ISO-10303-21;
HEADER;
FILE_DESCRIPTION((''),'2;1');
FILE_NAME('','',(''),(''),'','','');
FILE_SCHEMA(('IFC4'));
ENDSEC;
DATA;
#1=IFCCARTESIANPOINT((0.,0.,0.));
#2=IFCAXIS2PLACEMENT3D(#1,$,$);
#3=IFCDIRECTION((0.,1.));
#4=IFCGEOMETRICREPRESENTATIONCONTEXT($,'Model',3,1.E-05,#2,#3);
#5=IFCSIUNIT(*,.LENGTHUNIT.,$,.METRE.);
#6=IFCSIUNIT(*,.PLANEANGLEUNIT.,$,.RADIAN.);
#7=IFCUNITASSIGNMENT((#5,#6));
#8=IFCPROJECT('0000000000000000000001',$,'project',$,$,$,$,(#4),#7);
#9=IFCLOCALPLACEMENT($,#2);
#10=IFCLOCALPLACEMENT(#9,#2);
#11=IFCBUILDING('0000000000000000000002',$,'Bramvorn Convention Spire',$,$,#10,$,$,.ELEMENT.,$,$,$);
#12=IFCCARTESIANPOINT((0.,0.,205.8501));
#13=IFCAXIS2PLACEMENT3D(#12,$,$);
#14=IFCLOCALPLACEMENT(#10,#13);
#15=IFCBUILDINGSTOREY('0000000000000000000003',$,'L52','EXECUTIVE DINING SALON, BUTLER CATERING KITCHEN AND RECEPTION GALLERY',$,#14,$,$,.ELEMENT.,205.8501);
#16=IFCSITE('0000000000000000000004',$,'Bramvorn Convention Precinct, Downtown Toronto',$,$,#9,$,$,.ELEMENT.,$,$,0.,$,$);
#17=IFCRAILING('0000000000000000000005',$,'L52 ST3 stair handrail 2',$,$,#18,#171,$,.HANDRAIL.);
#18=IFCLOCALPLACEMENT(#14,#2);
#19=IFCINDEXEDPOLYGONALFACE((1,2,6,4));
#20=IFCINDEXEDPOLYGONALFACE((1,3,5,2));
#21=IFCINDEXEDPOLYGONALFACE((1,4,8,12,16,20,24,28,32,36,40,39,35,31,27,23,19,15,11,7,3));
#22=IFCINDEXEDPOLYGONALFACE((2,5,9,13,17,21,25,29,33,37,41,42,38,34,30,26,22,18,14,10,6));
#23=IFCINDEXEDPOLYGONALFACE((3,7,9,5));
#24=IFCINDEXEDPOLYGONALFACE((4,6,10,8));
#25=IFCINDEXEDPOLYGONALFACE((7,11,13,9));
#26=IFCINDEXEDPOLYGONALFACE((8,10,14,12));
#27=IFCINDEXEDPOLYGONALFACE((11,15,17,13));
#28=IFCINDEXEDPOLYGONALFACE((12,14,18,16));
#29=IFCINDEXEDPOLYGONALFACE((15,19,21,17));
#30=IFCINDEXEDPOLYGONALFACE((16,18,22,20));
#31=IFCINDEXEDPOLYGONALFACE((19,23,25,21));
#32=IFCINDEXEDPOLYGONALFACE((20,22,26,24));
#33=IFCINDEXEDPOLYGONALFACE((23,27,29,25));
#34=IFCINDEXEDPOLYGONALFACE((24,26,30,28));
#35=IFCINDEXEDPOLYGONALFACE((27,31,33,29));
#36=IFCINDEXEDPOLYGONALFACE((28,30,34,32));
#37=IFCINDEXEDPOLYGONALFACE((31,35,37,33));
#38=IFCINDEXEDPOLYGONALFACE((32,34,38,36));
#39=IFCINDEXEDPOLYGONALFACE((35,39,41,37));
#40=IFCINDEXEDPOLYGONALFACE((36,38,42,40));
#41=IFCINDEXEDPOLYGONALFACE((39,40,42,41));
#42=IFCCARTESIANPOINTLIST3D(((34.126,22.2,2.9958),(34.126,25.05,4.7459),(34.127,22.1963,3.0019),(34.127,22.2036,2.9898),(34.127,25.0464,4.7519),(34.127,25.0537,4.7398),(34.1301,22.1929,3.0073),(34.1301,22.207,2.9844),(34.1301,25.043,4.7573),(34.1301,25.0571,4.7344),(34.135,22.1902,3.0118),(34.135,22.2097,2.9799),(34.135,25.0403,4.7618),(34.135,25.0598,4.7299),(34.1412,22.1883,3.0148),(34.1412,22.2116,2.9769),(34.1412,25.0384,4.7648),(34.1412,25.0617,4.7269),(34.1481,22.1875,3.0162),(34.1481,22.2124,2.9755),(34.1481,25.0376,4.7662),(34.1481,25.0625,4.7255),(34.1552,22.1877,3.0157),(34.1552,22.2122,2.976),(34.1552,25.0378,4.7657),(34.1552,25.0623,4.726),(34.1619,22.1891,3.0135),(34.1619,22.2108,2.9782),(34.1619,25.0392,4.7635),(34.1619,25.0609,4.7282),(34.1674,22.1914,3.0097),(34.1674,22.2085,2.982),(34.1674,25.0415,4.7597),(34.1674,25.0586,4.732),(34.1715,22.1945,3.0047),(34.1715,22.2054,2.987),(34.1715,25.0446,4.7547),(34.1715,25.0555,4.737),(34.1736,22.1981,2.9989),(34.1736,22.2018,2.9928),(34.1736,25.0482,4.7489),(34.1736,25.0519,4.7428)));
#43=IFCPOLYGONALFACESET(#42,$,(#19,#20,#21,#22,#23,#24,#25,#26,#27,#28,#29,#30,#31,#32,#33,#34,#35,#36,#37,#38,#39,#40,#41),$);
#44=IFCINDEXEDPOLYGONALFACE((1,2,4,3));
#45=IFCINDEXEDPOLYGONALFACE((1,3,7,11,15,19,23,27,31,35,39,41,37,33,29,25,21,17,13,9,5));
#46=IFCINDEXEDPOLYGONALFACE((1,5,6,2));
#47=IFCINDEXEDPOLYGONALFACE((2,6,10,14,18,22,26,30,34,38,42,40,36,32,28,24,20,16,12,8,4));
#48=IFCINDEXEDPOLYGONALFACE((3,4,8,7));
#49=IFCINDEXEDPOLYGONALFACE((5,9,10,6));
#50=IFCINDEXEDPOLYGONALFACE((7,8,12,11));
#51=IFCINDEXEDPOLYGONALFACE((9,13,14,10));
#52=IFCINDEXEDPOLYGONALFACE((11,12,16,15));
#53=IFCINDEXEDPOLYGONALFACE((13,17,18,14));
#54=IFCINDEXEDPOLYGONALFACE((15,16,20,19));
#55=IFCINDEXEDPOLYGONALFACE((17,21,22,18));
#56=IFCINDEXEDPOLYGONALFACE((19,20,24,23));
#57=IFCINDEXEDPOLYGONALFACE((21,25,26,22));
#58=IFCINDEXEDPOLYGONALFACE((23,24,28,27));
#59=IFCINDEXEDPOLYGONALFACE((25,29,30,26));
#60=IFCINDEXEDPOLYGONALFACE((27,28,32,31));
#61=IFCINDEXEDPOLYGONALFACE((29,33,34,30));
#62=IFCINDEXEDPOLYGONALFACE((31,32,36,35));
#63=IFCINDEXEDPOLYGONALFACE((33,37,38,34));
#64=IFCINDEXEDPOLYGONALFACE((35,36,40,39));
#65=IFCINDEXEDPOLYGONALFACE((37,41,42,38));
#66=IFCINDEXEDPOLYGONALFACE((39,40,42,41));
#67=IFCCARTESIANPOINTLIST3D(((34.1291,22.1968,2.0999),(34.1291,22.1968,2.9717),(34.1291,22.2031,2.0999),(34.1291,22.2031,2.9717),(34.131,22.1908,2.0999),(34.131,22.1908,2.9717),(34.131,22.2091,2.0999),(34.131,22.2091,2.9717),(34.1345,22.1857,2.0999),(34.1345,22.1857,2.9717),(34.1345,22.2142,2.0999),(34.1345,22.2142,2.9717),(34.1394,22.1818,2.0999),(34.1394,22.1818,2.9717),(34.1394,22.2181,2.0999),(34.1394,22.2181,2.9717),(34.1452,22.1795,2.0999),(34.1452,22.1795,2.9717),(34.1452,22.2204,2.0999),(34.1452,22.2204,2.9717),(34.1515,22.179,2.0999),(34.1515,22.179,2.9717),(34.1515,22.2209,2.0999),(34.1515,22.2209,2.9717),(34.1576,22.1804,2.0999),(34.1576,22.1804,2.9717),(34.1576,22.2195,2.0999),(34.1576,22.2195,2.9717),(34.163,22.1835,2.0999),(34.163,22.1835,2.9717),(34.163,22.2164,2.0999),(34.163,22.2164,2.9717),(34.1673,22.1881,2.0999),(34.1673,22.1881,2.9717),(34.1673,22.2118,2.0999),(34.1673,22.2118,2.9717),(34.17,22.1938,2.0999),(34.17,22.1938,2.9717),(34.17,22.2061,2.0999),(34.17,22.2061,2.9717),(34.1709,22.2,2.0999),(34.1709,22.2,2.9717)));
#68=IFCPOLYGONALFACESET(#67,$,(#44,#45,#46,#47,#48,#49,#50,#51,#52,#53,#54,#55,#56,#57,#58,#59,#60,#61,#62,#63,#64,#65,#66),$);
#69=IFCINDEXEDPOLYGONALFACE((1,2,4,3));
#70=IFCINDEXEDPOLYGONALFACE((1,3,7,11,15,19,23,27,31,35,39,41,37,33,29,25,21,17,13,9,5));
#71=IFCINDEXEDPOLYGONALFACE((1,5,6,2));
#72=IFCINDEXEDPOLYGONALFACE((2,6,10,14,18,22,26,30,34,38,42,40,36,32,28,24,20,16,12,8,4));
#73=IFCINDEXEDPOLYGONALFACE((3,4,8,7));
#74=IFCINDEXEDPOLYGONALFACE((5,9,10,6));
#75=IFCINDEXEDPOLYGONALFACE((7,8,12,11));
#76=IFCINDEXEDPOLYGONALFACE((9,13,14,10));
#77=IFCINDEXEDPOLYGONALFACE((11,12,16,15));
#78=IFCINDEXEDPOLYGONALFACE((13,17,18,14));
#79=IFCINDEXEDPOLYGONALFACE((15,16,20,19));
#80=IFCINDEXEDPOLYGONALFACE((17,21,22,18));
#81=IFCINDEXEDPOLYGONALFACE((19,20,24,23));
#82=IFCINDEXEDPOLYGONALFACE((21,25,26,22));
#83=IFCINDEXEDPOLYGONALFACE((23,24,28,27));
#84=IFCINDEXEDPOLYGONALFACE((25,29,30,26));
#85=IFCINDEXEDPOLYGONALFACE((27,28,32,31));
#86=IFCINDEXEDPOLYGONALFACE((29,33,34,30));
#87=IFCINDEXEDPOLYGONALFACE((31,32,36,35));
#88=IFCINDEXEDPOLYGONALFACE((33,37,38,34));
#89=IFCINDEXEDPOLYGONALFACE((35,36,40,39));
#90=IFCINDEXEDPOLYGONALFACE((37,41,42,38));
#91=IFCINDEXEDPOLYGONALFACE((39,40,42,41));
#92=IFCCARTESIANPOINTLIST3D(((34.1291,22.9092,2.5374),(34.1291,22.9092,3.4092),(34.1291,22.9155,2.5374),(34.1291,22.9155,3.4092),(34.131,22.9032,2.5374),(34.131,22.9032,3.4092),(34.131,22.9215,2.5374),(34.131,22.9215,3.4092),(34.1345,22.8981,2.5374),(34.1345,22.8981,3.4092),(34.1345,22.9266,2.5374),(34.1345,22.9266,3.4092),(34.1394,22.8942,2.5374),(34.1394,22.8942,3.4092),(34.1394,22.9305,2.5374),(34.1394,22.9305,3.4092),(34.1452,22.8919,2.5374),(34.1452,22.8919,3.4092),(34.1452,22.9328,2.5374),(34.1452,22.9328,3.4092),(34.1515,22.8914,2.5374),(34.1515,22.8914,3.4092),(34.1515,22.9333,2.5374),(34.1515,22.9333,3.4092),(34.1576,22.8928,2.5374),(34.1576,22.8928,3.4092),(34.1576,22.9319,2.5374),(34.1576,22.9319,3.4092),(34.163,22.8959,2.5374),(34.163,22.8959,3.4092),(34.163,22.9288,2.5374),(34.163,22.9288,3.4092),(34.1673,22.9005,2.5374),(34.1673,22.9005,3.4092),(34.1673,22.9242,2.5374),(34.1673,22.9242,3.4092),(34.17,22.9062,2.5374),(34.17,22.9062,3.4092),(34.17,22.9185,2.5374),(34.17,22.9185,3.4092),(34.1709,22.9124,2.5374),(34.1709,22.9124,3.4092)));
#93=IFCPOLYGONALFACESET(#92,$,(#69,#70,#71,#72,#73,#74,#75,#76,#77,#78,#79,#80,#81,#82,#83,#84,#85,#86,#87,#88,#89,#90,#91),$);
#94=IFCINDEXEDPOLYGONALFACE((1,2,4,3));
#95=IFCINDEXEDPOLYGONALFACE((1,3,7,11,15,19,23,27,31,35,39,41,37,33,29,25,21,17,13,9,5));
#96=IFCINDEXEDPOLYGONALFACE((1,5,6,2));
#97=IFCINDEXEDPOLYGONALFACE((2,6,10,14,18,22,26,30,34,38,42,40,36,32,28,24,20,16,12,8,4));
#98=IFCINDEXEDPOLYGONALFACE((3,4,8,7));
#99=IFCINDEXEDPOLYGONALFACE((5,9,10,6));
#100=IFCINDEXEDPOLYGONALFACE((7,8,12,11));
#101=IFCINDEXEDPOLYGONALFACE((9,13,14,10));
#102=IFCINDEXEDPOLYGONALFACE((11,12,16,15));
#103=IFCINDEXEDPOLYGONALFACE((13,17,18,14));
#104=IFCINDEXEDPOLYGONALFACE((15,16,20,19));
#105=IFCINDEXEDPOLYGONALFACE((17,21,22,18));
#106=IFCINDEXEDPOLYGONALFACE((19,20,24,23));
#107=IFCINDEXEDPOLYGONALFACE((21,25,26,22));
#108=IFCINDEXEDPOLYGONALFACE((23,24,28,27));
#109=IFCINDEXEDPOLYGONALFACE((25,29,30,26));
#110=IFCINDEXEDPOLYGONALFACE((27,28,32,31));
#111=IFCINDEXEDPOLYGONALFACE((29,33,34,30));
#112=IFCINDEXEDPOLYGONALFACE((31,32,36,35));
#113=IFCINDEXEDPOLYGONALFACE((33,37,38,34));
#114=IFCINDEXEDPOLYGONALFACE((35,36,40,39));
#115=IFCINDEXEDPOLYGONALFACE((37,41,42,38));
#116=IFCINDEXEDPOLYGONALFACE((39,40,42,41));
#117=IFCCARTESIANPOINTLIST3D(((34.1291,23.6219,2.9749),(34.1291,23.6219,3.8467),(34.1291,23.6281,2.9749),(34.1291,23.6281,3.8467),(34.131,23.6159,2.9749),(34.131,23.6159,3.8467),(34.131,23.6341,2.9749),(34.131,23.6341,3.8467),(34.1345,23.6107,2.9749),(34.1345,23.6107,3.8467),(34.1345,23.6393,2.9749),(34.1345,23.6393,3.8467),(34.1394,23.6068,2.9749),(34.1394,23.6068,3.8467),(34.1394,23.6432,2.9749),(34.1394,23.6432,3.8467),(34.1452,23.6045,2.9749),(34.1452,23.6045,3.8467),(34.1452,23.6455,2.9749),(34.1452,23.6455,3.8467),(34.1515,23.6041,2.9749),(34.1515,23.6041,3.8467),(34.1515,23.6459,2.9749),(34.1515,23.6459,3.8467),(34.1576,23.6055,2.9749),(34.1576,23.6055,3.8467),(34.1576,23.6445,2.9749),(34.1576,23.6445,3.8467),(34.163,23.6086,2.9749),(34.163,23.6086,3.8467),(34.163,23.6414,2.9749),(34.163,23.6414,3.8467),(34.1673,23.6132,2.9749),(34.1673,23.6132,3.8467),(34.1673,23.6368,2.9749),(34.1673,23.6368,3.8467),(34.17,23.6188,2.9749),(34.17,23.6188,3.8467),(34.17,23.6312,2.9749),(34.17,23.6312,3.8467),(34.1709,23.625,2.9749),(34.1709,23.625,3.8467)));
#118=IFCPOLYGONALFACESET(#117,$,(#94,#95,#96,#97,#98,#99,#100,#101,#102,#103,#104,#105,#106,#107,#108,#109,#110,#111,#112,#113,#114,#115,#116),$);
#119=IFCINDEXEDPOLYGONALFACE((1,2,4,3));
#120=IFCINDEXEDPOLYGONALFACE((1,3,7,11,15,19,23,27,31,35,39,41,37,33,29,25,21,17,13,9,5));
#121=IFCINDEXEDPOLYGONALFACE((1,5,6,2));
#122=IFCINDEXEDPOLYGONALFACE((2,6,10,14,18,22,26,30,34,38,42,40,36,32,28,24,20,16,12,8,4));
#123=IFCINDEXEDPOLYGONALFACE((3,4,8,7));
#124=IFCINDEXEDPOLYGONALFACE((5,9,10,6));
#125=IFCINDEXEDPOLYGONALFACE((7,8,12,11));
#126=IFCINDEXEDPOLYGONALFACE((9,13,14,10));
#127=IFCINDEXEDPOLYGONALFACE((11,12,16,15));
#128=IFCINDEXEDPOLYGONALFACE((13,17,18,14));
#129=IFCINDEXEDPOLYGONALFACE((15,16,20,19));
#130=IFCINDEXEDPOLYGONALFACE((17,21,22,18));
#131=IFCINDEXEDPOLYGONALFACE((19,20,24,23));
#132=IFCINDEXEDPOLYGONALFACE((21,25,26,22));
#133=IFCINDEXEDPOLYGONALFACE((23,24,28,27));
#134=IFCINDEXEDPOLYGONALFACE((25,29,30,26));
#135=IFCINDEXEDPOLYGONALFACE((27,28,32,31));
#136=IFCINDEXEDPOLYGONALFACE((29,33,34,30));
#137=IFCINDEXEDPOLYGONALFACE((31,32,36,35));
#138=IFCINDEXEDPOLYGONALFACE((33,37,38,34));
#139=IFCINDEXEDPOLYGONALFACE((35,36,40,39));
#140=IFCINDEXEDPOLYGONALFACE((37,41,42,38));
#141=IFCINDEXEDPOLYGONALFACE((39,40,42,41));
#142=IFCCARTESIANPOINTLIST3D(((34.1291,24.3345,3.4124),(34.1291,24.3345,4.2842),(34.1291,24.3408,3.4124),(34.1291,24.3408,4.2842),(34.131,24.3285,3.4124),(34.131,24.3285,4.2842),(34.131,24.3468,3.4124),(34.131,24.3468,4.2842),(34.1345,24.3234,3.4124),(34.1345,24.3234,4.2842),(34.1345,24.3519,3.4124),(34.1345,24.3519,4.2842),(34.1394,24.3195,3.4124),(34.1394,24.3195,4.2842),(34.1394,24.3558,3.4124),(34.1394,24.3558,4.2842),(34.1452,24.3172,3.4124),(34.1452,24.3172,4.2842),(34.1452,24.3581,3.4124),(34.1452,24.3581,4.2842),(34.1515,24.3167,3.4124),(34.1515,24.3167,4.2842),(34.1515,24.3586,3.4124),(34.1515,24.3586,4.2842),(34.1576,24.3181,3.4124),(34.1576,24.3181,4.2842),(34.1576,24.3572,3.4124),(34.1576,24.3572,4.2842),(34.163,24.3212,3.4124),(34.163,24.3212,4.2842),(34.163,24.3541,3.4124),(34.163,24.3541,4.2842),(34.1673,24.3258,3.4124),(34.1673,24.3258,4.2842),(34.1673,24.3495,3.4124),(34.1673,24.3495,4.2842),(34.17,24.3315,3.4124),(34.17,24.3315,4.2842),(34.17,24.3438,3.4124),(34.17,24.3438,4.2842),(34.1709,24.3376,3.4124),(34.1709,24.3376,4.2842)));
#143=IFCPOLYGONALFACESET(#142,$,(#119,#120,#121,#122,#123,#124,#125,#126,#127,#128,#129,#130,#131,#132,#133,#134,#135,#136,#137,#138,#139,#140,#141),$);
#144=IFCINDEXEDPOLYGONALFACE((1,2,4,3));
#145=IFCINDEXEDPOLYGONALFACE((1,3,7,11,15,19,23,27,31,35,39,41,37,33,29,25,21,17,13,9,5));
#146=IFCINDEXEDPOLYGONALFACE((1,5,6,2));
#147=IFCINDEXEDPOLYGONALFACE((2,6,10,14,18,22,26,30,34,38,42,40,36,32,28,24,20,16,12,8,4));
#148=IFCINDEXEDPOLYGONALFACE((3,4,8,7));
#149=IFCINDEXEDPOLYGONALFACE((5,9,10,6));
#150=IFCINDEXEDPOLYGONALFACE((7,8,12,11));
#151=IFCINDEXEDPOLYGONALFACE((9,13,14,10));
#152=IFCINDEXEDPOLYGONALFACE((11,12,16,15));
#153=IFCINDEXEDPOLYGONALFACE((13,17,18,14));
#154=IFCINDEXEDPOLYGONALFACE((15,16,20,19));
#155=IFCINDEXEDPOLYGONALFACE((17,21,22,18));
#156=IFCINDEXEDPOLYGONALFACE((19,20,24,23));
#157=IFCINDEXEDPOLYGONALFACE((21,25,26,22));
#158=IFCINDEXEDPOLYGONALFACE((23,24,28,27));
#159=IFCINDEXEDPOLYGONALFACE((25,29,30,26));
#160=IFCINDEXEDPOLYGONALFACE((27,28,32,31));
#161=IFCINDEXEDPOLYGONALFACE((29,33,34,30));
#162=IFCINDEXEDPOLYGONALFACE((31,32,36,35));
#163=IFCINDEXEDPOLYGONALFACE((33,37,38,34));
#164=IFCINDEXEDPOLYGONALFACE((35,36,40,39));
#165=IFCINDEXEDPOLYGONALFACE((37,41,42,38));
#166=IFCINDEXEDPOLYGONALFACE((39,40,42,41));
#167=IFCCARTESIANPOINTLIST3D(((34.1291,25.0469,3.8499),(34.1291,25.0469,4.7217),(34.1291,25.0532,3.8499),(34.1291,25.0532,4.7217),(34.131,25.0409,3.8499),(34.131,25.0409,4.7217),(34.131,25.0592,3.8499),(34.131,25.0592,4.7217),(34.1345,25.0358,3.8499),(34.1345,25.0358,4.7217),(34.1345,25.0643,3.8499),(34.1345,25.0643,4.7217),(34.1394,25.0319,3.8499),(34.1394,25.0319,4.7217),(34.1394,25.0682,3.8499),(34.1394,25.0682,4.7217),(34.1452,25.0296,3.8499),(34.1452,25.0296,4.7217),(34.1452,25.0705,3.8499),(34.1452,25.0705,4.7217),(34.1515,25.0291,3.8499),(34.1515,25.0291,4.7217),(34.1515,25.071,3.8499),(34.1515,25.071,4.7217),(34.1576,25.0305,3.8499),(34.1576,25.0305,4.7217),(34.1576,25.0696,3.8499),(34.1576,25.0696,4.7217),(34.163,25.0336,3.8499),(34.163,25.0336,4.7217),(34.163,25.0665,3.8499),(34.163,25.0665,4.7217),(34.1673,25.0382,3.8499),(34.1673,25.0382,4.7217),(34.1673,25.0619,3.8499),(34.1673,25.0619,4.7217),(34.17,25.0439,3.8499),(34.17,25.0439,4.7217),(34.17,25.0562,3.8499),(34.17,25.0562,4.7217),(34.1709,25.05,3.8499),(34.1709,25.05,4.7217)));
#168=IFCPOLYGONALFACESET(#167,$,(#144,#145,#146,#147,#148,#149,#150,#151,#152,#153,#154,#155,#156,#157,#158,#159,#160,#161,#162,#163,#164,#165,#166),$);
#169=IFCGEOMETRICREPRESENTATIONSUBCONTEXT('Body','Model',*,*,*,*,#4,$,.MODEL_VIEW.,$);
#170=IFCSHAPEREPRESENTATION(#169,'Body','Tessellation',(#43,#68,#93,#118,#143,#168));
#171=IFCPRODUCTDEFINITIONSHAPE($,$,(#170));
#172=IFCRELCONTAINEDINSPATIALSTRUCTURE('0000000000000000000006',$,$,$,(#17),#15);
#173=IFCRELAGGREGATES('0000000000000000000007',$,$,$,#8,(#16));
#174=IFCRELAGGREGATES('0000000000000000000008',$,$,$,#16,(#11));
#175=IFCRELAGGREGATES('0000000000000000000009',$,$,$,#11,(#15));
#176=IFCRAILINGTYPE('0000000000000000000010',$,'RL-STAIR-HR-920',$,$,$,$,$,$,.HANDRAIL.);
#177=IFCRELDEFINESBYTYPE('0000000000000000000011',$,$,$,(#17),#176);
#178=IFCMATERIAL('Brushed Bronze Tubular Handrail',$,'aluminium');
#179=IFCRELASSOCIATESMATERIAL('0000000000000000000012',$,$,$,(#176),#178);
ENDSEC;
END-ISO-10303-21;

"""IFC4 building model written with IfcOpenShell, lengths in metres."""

from ifc_helpers import new_model, si_unit, direction, frame, origin, origin_2d, place, context, subcontext, project, spatial, circle, extrude, material, type_object, element, save


model = new_model("IFC4")

# Units and contexts
model_context = context("Model", 3, precision=1e-05, world=origin(), true_north=direction((0.0, 1.0)))
body_context = subcontext(model_context, "Body", "Model", "MODEL_VIEW")
ifc_project = project(units=[si_unit("LENGTHUNIT", "METRE"), si_unit("PLANEANGLEUNIT", "RADIAN")], contexts=[model_context])

# Site, building, storey
site_placement = place(None, origin())
site = spatial("IfcSite", under=ifc_project, at=site_placement, Name="Bramvorn Convention Precinct, Downtown Toronto", CompositionType="ELEMENT", RefElevation=0.0)
building_placement = place(site_placement, origin())
building = spatial("IfcBuilding", under=site, at=building_placement, Name="Bramvorn Convention Spire", CompositionType="ELEMENT")
storey_placement = place(building_placement, frame((0.0, 0.0, 205.8501)))
storey = spatial("IfcBuildingStorey", under=building, at=storey_placement, Name="L52", Description="EXECUTIVE DINING SALON, BUTLER CATERING KITCHEN AND RECEPTION GALLERY", CompositionType="ELEMENT", Elevation=205.8501)

# Railing
ifc_material_1 = material(Name="Brushed Bronze Tubular Handrail", Category="aluminium")
railing_type_1 = type_object("IfcRailingType", Name="RL-STAIR-HR-920", PredefinedType="HANDRAIL", material=ifc_material_1)
for number, where, name in (
    (1, (34.1499, 22.2, 2.0999), "L52 ST3 stair handrail 2"),
):
    element("IfcRailing", number, at=place(storey_placement, frame(where)), inside=storey, type_object=railing_type_1, Name=name, PredefinedType="HANDRAIL", context=body_context, shape_type="SweptSolid", body=[
        extrude(circle(Radius=0.0239, at=origin_2d()), frame((0.0, 0.0, 0.896), z_axis=(0.0, 0.852179, 0.52325), x_axis=(-1.0, 0.0, 0.0)), (0.0, 0.0, 1.0), 3.3445),
        extrude(circle(Radius=0.021, at=origin_2d()), origin(), (0.0, 0.0, 1.0), 0.8718),
        extrude(circle(Radius=0.021, at=origin_2d()), frame((0.0, 0.7124, 0.4375)), (0.0, 0.0, 1.0), 0.8718),
        extrude(circle(Radius=0.021, at=origin_2d()), frame((0.0, 1.425, 0.875)), (0.0, 0.0, 1.0), 0.8718),
        extrude(circle(Radius=0.021, at=origin_2d()), frame((0.0, 2.1377, 1.3125)), (0.0, 0.0, 1.0), 0.8718),
        extrude(circle(Radius=0.021, at=origin_2d()), frame((0.0, 2.8501, 1.75)), (0.0, 0.0, 1.0), 0.8718),
    ])

save(model, "model.ifc")
